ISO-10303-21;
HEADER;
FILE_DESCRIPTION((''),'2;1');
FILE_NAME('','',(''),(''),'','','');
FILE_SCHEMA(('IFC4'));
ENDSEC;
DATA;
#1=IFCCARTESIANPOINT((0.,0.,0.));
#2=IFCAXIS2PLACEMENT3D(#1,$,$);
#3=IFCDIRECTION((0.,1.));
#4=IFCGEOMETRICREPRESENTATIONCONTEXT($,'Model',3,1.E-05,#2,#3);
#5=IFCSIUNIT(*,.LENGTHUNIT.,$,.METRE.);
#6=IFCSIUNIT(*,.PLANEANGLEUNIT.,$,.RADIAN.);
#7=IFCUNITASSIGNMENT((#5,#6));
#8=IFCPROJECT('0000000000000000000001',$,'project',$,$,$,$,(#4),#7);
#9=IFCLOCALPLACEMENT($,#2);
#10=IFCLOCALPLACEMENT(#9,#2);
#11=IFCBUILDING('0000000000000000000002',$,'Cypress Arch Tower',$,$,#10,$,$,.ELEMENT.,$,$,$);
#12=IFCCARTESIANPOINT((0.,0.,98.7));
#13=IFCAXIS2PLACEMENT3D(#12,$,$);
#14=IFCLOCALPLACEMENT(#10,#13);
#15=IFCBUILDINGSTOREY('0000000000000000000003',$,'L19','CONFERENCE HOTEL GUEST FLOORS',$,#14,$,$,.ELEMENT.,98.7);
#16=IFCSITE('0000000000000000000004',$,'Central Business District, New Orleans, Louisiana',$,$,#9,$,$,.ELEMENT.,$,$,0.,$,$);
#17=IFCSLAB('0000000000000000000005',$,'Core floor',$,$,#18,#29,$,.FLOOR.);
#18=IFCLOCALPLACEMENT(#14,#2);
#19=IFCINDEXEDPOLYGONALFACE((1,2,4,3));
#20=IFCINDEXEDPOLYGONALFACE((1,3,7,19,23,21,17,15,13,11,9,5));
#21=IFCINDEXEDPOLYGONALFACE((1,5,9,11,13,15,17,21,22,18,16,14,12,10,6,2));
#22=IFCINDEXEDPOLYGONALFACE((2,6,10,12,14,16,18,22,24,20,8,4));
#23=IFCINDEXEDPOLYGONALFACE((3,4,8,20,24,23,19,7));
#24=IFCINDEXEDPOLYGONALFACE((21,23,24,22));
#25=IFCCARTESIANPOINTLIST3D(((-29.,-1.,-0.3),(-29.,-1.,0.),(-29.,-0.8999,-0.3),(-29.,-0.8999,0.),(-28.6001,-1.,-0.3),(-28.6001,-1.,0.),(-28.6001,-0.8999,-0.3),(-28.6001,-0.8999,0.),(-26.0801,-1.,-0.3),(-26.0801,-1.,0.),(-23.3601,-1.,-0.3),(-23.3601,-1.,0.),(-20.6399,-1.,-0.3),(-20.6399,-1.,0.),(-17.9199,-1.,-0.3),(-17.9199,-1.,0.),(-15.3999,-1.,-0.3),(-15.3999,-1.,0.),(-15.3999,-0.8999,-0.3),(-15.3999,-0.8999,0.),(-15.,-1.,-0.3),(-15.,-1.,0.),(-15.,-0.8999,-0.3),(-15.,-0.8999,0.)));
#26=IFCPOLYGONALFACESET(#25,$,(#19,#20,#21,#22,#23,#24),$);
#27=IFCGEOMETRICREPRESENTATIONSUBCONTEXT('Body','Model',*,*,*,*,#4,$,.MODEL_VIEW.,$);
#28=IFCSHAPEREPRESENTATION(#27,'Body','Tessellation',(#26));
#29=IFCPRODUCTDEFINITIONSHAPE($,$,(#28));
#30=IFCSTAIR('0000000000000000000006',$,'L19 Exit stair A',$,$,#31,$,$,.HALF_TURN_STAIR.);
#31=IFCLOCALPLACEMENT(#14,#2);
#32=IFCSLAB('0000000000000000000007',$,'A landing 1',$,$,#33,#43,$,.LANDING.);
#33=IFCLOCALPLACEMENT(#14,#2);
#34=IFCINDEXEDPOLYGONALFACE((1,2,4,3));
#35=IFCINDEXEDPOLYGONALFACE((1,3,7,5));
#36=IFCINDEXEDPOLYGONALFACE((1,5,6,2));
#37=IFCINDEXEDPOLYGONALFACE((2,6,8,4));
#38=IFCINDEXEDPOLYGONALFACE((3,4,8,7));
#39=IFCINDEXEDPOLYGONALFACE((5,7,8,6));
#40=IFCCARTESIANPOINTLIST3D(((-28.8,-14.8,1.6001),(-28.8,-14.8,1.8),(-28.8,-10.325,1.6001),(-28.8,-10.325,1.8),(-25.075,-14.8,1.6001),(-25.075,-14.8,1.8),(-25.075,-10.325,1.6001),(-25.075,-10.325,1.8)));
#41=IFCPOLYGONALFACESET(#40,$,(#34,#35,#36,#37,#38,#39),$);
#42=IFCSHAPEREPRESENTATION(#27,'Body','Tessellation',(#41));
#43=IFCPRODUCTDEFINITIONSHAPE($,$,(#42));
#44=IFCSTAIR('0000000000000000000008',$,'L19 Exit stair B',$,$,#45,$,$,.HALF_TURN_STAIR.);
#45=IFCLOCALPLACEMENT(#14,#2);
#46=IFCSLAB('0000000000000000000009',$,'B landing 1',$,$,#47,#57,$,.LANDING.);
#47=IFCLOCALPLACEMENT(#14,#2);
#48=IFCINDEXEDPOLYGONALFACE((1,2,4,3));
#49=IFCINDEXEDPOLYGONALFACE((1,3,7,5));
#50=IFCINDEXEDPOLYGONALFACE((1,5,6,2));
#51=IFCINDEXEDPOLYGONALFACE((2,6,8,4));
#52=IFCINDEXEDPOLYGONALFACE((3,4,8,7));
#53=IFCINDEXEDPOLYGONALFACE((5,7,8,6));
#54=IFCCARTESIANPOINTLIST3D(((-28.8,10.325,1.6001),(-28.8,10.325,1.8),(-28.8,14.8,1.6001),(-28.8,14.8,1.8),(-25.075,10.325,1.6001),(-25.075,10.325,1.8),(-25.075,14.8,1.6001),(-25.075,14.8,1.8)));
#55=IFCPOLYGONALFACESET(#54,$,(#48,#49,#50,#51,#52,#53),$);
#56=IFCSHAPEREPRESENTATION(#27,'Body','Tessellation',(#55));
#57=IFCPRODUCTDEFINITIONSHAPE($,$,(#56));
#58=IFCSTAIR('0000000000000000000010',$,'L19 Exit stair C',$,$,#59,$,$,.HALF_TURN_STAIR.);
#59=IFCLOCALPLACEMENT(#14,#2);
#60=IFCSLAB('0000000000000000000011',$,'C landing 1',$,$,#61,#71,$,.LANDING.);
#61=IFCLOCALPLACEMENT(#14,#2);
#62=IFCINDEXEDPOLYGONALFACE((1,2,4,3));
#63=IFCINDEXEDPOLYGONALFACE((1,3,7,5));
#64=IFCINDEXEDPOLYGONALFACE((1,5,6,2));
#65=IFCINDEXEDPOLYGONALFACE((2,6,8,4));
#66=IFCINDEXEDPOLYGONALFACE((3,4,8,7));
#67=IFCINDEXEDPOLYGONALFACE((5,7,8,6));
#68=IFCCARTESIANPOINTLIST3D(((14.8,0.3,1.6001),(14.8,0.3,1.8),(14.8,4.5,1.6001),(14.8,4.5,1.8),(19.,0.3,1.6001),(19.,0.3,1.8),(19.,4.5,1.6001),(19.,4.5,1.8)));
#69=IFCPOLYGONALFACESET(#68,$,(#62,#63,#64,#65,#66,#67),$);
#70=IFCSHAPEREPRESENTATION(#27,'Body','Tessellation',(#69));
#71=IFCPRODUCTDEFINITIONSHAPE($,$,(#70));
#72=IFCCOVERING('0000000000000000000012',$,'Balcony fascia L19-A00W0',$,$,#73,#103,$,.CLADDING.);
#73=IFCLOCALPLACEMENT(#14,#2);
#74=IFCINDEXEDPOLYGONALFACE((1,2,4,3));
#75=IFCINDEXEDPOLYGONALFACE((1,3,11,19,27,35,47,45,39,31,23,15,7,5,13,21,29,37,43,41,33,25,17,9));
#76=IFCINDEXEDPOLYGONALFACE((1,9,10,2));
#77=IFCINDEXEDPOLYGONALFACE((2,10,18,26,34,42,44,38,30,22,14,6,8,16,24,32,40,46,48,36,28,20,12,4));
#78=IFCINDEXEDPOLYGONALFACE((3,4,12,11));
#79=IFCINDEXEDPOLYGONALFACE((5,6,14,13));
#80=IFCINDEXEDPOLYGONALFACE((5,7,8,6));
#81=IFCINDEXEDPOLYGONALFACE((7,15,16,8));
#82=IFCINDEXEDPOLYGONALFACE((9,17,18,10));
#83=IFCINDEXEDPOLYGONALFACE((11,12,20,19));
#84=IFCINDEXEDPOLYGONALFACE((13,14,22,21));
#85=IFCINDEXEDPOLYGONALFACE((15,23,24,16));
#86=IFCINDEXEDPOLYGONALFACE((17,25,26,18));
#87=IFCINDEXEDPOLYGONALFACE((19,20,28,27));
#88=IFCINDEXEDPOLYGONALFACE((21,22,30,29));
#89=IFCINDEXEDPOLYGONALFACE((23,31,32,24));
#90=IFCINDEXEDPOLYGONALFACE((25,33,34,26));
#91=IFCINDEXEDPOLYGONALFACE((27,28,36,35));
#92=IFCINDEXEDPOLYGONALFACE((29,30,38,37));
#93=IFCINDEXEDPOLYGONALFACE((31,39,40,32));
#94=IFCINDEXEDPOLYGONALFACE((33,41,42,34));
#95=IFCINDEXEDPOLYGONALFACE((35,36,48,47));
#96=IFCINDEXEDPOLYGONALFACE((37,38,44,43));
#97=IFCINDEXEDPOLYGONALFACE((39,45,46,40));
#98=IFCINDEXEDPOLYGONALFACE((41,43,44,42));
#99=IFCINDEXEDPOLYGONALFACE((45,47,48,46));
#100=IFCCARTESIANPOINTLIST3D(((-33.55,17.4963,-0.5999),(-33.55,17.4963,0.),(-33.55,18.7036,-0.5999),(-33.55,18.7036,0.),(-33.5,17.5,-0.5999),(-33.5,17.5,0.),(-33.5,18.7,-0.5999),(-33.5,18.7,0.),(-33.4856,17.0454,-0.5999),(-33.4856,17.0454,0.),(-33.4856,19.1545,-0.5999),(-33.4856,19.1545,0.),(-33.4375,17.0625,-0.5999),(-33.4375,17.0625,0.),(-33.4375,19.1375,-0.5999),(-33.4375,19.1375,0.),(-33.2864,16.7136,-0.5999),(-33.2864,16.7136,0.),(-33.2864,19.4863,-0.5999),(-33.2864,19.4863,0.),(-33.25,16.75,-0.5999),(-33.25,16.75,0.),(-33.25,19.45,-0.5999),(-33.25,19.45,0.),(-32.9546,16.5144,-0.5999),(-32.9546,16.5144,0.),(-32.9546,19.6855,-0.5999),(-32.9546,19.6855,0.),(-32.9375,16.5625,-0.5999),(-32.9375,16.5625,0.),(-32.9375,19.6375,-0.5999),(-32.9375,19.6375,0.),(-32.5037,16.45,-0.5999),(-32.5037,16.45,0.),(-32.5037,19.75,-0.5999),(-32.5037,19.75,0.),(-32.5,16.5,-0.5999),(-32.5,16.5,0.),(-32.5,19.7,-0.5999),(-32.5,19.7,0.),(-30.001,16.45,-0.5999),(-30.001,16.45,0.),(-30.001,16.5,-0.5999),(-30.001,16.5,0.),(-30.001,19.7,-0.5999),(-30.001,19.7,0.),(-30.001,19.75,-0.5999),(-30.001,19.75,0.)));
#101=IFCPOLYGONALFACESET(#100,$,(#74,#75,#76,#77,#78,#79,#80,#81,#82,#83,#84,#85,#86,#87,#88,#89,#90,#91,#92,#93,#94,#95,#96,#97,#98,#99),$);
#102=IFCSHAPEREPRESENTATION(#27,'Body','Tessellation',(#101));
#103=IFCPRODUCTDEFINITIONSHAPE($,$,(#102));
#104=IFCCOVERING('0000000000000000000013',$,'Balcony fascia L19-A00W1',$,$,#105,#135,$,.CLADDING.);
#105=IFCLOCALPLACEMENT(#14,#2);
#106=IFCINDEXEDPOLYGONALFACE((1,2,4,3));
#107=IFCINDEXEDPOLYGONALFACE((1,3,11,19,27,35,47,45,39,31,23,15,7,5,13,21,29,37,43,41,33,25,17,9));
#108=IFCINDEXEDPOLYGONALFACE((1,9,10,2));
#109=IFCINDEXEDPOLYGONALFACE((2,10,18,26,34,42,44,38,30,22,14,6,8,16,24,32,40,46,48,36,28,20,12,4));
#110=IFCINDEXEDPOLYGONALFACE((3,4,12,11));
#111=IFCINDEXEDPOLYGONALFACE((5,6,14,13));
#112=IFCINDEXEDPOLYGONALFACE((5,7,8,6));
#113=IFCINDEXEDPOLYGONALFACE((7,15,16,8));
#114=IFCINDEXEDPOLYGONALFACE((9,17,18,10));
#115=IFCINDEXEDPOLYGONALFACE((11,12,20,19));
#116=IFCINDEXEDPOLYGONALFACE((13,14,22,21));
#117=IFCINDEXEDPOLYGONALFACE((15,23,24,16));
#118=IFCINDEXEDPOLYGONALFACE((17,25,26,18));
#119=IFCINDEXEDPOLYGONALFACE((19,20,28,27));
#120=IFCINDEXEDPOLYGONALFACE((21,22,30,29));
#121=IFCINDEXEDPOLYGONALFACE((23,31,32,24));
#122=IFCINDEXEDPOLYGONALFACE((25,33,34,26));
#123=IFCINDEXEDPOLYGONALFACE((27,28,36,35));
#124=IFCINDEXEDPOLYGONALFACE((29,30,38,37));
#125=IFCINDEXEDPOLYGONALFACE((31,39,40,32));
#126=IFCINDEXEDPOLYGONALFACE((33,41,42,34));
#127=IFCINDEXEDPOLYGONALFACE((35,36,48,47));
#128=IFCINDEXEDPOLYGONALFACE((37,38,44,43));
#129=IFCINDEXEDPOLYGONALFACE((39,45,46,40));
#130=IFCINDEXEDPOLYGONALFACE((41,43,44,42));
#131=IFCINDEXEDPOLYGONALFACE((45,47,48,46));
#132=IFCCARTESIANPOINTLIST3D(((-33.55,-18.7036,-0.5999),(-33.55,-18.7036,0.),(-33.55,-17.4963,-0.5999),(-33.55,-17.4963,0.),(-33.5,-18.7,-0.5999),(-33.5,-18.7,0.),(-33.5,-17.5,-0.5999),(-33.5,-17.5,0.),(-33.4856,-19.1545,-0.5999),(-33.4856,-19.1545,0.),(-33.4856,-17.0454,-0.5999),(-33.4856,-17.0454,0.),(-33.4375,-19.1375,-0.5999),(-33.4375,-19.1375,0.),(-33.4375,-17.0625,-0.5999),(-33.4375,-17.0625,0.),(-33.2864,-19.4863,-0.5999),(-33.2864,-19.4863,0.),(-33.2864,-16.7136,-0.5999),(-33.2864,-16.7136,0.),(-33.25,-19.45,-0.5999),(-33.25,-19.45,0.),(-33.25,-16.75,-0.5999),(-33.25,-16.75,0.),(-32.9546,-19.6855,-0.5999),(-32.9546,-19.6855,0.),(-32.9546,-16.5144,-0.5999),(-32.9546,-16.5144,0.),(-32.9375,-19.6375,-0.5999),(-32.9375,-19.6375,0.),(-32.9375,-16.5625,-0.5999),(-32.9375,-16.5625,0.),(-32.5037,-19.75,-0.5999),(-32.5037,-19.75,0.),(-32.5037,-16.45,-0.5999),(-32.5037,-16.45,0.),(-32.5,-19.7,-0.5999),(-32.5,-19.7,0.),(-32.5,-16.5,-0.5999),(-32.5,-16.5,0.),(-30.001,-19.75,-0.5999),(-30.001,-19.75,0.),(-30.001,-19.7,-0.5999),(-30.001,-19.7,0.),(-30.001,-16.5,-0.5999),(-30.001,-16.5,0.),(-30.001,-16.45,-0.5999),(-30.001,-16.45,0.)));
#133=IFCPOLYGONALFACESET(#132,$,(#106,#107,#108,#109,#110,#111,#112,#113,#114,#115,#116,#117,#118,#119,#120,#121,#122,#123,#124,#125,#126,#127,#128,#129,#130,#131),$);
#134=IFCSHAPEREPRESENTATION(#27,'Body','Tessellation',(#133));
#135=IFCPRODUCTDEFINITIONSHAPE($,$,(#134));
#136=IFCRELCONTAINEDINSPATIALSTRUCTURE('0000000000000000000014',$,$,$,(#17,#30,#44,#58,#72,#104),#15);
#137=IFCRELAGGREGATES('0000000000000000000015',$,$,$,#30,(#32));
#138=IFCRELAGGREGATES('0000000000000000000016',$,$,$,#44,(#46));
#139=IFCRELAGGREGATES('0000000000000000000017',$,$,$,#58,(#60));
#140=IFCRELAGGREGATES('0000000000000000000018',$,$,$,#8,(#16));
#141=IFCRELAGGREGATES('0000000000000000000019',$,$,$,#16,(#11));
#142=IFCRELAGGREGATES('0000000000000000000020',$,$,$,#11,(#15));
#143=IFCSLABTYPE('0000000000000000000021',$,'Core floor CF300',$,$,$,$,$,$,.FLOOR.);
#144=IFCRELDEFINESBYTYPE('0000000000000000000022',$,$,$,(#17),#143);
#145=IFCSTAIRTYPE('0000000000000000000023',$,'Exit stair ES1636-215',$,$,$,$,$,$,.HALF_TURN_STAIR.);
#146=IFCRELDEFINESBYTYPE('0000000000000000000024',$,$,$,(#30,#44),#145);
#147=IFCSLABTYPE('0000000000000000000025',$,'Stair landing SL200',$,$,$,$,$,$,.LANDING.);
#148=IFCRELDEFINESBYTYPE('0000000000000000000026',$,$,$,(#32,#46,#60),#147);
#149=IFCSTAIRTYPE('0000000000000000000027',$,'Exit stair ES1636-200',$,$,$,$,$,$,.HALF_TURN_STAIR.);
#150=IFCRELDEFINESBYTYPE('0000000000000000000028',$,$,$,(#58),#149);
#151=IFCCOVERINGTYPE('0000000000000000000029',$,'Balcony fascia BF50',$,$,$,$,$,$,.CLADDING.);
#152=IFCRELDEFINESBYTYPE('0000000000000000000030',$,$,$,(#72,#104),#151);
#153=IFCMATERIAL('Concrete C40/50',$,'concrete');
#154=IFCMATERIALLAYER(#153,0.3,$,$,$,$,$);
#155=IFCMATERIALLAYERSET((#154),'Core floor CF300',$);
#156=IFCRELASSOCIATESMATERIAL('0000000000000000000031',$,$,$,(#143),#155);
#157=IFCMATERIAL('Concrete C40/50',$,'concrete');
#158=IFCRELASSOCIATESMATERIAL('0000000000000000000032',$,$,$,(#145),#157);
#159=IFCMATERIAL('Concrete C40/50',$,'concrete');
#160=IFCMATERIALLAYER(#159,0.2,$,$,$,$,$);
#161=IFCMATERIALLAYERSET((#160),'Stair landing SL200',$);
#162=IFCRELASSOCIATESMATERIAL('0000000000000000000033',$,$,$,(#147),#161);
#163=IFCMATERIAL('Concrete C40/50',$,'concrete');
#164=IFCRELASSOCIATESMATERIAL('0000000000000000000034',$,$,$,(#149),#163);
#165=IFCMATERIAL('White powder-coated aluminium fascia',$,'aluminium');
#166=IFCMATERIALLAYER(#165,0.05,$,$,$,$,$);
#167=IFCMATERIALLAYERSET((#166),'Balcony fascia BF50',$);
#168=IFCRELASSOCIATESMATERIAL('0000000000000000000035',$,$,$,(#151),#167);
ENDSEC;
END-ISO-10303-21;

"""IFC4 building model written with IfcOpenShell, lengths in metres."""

from ifc_helpers import new_model, si_unit, direction, frame, origin, place, context, subcontext, project, spatial, polyline, outline, extrude, material, layer, layer_set, type_object, element, aggregate, save


model = new_model("IFC4")

# Units and contexts
model_context = context("Model", 3, precision=1e-05, world=origin(), true_north=direction((0.0, 1.0)))
body_context = subcontext(model_context, "Body", "Model", "MODEL_VIEW")
ifc_project = project(units=[si_unit("LENGTHUNIT", "METRE"), si_unit("PLANEANGLEUNIT", "RADIAN")], contexts=[model_context])

# Site, building, storey
site_placement = place(None, origin())
site = spatial("IfcSite", under=ifc_project, at=site_placement, Name="Central Business District, New Orleans, Louisiana", CompositionType="ELEMENT", RefElevation=0.0)
building_placement = place(site_placement, origin())
building = spatial("IfcBuilding", under=site, at=building_placement, Name="Cypress Arch Tower", CompositionType="ELEMENT")
storey_placement = place(building_placement, frame((0.0, 0.0, 98.7)))
storey = spatial("IfcBuildingStorey", under=building, at=storey_placement, Name="L19", Description="CONFERENCE HOTEL GUEST FLOORS", CompositionType="ELEMENT", Elevation=98.7)

# Slab
ifc_material_1 = material(Name="Concrete C40/50", Category="concrete")
ifc_layer_1 = layer(ifc_material_1, 0.3)
ifc_layer_set_1 = layer_set([ifc_layer_1], Name="Core floor CF300")
slab_type_1 = type_object("IfcSlabType", Name="Core floor CF300", PredefinedType="FLOOR", material=ifc_layer_set_1)
slab_1_placement = place(storey_placement, frame((0.0, 0.0, -0.3)))
element("IfcSlab", 1, at=slab_1_placement, inside=storey, type_object=slab_type_1, Name="Core floor", PredefinedType="FLOOR", context=body_context, shape_type="SweptSolid", body=[
    extrude(outline(polyline([(-20.6399, -1.0), (-23.3601, -1.0), (-26.0801, -1.0), (-28.6001, -1.0), (-29.0, -1.0), (-29.0, -0.8999), (-28.6001, -0.8999), (-15.3999, -0.8999), (-15.0, -0.8999), (-15.0, -1.0), (-15.3999, -1.0), (-17.9199, -1.0), (-20.6399, -1.0)])), origin(), (0.0, 0.0, 1.0), 0.3),
])

# Stairs, slabs
ifc_material_2 = material(Name="Concrete C40/50", Category="concrete")
stair_type_1 = type_object("IfcStairType", Name="Exit stair ES1636-215", PredefinedType="HALF_TURN_STAIR", material=ifc_material_2)
stair_1_placement = place(storey_placement, origin())
stair_1 = element("IfcStair", 2, at=stair_1_placement, inside=storey, type_object=stair_type_1, Name="L19 Exit stair A", PredefinedType="HALF_TURN_STAIR")
ifc_material_3 = material(Name="Concrete C40/50", Category="concrete")
ifc_layer_2 = layer(ifc_material_3, 0.2)
ifc_layer_set_2 = layer_set([ifc_layer_2], Name="Stair landing SL200")
slab_type_2 = type_object("IfcSlabType", Name="Stair landing SL200", PredefinedType="LANDING", material=ifc_layer_set_2)
slab_2_placement = place(storey_placement, frame((0.0, 0.0, 1.6001)))
slab_2 = element("IfcSlab", 3, at=slab_2_placement, type_object=slab_type_2, Name="A landing 1", PredefinedType="LANDING", context=body_context, shape_type="SweptSolid", body=[
    extrude(outline(polyline([(-25.075, -10.325), (-28.8, -10.325), (-28.8, -14.8), (-25.075, -14.8), (-25.075, -10.325)])), origin(), (0.0, 0.0, 1.0), 0.2),
])
aggregate(stair_1, [slab_2])
stair_2_placement = place(storey_placement, origin())
stair_2 = element("IfcStair", 4, at=stair_2_placement, inside=storey, type_object=stair_type_1, Name="L19 Exit stair B", PredefinedType="HALF_TURN_STAIR")
slab_3_placement = place(storey_placement, frame((0.0, 0.0, 1.6001)))
slab_3 = element("IfcSlab", 5, at=slab_3_placement, type_object=slab_type_2, Name="B landing 1", PredefinedType="LANDING", context=body_context, shape_type="SweptSolid", body=[
    extrude(outline(polyline([(-25.075, 14.8), (-28.8, 14.8), (-28.8, 10.325), (-25.075, 10.325), (-25.075, 14.8)])), origin(), (0.0, 0.0, 1.0), 0.2),
])
aggregate(stair_2, [slab_3])
ifc_material_4 = material(Name="Concrete C40/50", Category="concrete")
stair_type_2 = type_object("IfcStairType", Name="Exit stair ES1636-200", PredefinedType="HALF_TURN_STAIR", material=ifc_material_4)
stair_3_placement = place(storey_placement, origin())
stair_3 = element("IfcStair", 6, at=stair_3_placement, inside=storey, type_object=stair_type_2, Name="L19 Exit stair C", PredefinedType="HALF_TURN_STAIR")
slab_4_placement = place(storey_placement, frame((0.0, 0.0, 1.6001)))
slab_4 = element("IfcSlab", 7, at=slab_4_placement, type_object=slab_type_2, Name="C landing 1", PredefinedType="LANDING", context=body_context, shape_type="SweptSolid", body=[
    extrude(outline(polyline([(19.0, 0.3), (19.0, 4.5), (14.8, 4.5), (14.8, 0.3), (19.0, 0.3)])), origin(), (0.0, 0.0, 1.0), 0.2),
])
aggregate(stair_3, [slab_4])

# Coverings
ifc_material_5 = material(Name="White powder-coated aluminium fascia", Category="aluminium")
ifc_layer_3 = layer(ifc_material_5, 0.05)
ifc_layer_set_3 = layer_set([ifc_layer_3], Name="Balcony fascia BF50")
covering_type_1 = type_object("IfcCoveringType", Name="Balcony fascia BF50", PredefinedType="CLADDING", material=ifc_layer_set_3)
covering_1_placement = place(storey_placement, frame((0.0, 0.0, -0.5999)))
element("IfcCovering", 8, at=covering_1_placement, inside=storey, type_object=covering_type_1, Name="Balcony fascia L19-A00W0", PredefinedType="CLADDING", context=body_context, shape_type="SweptSolid", body=[
    extrude(outline(polyline([(-32.5037, 16.45), (-32.9546, 16.5144), (-33.2864, 16.7136), (-33.4856, 17.0454), (-33.55, 17.4963), (-33.55, 18.7036), (-33.4856, 19.1545), (-33.2864, 19.4863), (-32.9546, 19.6855), (-32.5037, 19.75), (-30.001, 19.75), (-30.001, 19.7), (-32.5, 19.7), (-32.9375, 19.6375), (-33.25, 19.45), (-33.4375, 19.1375), (-33.5, 18.7), (-33.5, 17.5), (-33.4375, 17.0625), (-33.25, 16.75), (-32.9375, 16.5625), (-32.5, 16.5), (-30.001, 16.5), (-30.001, 16.45), (-32.5037, 16.45)])), origin(), (0.0, 0.0, 1.0), 0.5999),
])
covering_2_placement = place(storey_placement, frame((0.0, 0.0, -0.5999)))
element("IfcCovering", 9, at=covering_2_placement, inside=storey, type_object=covering_type_1, Name="Balcony fascia L19-A00W1", PredefinedType="CLADDING", context=body_context, shape_type="SweptSolid", body=[
    extrude(outline(polyline([(-32.5037, -19.75), (-32.9546, -19.6855), (-33.2864, -19.4863), (-33.4856, -19.1545), (-33.55, -18.7036), (-33.55, -17.4963), (-33.4856, -17.0454), (-33.2864, -16.7136), (-32.9546, -16.5144), (-32.5037, -16.45), (-30.001, -16.45), (-30.001, -16.5), (-32.5, -16.5), (-32.9375, -16.5625), (-33.25, -16.75), (-33.4375, -17.0625), (-33.5, -17.5), (-33.5, -18.7), (-33.4375, -19.1375), (-33.25, -19.45), (-32.9375, -19.6375), (-32.5, -19.7), (-30.001, -19.7), (-30.001, -19.75), (-32.5037, -19.75)])), origin(), (0.0, 0.0, 1.0), 0.5999),
])

save(model, "model.ifc")
